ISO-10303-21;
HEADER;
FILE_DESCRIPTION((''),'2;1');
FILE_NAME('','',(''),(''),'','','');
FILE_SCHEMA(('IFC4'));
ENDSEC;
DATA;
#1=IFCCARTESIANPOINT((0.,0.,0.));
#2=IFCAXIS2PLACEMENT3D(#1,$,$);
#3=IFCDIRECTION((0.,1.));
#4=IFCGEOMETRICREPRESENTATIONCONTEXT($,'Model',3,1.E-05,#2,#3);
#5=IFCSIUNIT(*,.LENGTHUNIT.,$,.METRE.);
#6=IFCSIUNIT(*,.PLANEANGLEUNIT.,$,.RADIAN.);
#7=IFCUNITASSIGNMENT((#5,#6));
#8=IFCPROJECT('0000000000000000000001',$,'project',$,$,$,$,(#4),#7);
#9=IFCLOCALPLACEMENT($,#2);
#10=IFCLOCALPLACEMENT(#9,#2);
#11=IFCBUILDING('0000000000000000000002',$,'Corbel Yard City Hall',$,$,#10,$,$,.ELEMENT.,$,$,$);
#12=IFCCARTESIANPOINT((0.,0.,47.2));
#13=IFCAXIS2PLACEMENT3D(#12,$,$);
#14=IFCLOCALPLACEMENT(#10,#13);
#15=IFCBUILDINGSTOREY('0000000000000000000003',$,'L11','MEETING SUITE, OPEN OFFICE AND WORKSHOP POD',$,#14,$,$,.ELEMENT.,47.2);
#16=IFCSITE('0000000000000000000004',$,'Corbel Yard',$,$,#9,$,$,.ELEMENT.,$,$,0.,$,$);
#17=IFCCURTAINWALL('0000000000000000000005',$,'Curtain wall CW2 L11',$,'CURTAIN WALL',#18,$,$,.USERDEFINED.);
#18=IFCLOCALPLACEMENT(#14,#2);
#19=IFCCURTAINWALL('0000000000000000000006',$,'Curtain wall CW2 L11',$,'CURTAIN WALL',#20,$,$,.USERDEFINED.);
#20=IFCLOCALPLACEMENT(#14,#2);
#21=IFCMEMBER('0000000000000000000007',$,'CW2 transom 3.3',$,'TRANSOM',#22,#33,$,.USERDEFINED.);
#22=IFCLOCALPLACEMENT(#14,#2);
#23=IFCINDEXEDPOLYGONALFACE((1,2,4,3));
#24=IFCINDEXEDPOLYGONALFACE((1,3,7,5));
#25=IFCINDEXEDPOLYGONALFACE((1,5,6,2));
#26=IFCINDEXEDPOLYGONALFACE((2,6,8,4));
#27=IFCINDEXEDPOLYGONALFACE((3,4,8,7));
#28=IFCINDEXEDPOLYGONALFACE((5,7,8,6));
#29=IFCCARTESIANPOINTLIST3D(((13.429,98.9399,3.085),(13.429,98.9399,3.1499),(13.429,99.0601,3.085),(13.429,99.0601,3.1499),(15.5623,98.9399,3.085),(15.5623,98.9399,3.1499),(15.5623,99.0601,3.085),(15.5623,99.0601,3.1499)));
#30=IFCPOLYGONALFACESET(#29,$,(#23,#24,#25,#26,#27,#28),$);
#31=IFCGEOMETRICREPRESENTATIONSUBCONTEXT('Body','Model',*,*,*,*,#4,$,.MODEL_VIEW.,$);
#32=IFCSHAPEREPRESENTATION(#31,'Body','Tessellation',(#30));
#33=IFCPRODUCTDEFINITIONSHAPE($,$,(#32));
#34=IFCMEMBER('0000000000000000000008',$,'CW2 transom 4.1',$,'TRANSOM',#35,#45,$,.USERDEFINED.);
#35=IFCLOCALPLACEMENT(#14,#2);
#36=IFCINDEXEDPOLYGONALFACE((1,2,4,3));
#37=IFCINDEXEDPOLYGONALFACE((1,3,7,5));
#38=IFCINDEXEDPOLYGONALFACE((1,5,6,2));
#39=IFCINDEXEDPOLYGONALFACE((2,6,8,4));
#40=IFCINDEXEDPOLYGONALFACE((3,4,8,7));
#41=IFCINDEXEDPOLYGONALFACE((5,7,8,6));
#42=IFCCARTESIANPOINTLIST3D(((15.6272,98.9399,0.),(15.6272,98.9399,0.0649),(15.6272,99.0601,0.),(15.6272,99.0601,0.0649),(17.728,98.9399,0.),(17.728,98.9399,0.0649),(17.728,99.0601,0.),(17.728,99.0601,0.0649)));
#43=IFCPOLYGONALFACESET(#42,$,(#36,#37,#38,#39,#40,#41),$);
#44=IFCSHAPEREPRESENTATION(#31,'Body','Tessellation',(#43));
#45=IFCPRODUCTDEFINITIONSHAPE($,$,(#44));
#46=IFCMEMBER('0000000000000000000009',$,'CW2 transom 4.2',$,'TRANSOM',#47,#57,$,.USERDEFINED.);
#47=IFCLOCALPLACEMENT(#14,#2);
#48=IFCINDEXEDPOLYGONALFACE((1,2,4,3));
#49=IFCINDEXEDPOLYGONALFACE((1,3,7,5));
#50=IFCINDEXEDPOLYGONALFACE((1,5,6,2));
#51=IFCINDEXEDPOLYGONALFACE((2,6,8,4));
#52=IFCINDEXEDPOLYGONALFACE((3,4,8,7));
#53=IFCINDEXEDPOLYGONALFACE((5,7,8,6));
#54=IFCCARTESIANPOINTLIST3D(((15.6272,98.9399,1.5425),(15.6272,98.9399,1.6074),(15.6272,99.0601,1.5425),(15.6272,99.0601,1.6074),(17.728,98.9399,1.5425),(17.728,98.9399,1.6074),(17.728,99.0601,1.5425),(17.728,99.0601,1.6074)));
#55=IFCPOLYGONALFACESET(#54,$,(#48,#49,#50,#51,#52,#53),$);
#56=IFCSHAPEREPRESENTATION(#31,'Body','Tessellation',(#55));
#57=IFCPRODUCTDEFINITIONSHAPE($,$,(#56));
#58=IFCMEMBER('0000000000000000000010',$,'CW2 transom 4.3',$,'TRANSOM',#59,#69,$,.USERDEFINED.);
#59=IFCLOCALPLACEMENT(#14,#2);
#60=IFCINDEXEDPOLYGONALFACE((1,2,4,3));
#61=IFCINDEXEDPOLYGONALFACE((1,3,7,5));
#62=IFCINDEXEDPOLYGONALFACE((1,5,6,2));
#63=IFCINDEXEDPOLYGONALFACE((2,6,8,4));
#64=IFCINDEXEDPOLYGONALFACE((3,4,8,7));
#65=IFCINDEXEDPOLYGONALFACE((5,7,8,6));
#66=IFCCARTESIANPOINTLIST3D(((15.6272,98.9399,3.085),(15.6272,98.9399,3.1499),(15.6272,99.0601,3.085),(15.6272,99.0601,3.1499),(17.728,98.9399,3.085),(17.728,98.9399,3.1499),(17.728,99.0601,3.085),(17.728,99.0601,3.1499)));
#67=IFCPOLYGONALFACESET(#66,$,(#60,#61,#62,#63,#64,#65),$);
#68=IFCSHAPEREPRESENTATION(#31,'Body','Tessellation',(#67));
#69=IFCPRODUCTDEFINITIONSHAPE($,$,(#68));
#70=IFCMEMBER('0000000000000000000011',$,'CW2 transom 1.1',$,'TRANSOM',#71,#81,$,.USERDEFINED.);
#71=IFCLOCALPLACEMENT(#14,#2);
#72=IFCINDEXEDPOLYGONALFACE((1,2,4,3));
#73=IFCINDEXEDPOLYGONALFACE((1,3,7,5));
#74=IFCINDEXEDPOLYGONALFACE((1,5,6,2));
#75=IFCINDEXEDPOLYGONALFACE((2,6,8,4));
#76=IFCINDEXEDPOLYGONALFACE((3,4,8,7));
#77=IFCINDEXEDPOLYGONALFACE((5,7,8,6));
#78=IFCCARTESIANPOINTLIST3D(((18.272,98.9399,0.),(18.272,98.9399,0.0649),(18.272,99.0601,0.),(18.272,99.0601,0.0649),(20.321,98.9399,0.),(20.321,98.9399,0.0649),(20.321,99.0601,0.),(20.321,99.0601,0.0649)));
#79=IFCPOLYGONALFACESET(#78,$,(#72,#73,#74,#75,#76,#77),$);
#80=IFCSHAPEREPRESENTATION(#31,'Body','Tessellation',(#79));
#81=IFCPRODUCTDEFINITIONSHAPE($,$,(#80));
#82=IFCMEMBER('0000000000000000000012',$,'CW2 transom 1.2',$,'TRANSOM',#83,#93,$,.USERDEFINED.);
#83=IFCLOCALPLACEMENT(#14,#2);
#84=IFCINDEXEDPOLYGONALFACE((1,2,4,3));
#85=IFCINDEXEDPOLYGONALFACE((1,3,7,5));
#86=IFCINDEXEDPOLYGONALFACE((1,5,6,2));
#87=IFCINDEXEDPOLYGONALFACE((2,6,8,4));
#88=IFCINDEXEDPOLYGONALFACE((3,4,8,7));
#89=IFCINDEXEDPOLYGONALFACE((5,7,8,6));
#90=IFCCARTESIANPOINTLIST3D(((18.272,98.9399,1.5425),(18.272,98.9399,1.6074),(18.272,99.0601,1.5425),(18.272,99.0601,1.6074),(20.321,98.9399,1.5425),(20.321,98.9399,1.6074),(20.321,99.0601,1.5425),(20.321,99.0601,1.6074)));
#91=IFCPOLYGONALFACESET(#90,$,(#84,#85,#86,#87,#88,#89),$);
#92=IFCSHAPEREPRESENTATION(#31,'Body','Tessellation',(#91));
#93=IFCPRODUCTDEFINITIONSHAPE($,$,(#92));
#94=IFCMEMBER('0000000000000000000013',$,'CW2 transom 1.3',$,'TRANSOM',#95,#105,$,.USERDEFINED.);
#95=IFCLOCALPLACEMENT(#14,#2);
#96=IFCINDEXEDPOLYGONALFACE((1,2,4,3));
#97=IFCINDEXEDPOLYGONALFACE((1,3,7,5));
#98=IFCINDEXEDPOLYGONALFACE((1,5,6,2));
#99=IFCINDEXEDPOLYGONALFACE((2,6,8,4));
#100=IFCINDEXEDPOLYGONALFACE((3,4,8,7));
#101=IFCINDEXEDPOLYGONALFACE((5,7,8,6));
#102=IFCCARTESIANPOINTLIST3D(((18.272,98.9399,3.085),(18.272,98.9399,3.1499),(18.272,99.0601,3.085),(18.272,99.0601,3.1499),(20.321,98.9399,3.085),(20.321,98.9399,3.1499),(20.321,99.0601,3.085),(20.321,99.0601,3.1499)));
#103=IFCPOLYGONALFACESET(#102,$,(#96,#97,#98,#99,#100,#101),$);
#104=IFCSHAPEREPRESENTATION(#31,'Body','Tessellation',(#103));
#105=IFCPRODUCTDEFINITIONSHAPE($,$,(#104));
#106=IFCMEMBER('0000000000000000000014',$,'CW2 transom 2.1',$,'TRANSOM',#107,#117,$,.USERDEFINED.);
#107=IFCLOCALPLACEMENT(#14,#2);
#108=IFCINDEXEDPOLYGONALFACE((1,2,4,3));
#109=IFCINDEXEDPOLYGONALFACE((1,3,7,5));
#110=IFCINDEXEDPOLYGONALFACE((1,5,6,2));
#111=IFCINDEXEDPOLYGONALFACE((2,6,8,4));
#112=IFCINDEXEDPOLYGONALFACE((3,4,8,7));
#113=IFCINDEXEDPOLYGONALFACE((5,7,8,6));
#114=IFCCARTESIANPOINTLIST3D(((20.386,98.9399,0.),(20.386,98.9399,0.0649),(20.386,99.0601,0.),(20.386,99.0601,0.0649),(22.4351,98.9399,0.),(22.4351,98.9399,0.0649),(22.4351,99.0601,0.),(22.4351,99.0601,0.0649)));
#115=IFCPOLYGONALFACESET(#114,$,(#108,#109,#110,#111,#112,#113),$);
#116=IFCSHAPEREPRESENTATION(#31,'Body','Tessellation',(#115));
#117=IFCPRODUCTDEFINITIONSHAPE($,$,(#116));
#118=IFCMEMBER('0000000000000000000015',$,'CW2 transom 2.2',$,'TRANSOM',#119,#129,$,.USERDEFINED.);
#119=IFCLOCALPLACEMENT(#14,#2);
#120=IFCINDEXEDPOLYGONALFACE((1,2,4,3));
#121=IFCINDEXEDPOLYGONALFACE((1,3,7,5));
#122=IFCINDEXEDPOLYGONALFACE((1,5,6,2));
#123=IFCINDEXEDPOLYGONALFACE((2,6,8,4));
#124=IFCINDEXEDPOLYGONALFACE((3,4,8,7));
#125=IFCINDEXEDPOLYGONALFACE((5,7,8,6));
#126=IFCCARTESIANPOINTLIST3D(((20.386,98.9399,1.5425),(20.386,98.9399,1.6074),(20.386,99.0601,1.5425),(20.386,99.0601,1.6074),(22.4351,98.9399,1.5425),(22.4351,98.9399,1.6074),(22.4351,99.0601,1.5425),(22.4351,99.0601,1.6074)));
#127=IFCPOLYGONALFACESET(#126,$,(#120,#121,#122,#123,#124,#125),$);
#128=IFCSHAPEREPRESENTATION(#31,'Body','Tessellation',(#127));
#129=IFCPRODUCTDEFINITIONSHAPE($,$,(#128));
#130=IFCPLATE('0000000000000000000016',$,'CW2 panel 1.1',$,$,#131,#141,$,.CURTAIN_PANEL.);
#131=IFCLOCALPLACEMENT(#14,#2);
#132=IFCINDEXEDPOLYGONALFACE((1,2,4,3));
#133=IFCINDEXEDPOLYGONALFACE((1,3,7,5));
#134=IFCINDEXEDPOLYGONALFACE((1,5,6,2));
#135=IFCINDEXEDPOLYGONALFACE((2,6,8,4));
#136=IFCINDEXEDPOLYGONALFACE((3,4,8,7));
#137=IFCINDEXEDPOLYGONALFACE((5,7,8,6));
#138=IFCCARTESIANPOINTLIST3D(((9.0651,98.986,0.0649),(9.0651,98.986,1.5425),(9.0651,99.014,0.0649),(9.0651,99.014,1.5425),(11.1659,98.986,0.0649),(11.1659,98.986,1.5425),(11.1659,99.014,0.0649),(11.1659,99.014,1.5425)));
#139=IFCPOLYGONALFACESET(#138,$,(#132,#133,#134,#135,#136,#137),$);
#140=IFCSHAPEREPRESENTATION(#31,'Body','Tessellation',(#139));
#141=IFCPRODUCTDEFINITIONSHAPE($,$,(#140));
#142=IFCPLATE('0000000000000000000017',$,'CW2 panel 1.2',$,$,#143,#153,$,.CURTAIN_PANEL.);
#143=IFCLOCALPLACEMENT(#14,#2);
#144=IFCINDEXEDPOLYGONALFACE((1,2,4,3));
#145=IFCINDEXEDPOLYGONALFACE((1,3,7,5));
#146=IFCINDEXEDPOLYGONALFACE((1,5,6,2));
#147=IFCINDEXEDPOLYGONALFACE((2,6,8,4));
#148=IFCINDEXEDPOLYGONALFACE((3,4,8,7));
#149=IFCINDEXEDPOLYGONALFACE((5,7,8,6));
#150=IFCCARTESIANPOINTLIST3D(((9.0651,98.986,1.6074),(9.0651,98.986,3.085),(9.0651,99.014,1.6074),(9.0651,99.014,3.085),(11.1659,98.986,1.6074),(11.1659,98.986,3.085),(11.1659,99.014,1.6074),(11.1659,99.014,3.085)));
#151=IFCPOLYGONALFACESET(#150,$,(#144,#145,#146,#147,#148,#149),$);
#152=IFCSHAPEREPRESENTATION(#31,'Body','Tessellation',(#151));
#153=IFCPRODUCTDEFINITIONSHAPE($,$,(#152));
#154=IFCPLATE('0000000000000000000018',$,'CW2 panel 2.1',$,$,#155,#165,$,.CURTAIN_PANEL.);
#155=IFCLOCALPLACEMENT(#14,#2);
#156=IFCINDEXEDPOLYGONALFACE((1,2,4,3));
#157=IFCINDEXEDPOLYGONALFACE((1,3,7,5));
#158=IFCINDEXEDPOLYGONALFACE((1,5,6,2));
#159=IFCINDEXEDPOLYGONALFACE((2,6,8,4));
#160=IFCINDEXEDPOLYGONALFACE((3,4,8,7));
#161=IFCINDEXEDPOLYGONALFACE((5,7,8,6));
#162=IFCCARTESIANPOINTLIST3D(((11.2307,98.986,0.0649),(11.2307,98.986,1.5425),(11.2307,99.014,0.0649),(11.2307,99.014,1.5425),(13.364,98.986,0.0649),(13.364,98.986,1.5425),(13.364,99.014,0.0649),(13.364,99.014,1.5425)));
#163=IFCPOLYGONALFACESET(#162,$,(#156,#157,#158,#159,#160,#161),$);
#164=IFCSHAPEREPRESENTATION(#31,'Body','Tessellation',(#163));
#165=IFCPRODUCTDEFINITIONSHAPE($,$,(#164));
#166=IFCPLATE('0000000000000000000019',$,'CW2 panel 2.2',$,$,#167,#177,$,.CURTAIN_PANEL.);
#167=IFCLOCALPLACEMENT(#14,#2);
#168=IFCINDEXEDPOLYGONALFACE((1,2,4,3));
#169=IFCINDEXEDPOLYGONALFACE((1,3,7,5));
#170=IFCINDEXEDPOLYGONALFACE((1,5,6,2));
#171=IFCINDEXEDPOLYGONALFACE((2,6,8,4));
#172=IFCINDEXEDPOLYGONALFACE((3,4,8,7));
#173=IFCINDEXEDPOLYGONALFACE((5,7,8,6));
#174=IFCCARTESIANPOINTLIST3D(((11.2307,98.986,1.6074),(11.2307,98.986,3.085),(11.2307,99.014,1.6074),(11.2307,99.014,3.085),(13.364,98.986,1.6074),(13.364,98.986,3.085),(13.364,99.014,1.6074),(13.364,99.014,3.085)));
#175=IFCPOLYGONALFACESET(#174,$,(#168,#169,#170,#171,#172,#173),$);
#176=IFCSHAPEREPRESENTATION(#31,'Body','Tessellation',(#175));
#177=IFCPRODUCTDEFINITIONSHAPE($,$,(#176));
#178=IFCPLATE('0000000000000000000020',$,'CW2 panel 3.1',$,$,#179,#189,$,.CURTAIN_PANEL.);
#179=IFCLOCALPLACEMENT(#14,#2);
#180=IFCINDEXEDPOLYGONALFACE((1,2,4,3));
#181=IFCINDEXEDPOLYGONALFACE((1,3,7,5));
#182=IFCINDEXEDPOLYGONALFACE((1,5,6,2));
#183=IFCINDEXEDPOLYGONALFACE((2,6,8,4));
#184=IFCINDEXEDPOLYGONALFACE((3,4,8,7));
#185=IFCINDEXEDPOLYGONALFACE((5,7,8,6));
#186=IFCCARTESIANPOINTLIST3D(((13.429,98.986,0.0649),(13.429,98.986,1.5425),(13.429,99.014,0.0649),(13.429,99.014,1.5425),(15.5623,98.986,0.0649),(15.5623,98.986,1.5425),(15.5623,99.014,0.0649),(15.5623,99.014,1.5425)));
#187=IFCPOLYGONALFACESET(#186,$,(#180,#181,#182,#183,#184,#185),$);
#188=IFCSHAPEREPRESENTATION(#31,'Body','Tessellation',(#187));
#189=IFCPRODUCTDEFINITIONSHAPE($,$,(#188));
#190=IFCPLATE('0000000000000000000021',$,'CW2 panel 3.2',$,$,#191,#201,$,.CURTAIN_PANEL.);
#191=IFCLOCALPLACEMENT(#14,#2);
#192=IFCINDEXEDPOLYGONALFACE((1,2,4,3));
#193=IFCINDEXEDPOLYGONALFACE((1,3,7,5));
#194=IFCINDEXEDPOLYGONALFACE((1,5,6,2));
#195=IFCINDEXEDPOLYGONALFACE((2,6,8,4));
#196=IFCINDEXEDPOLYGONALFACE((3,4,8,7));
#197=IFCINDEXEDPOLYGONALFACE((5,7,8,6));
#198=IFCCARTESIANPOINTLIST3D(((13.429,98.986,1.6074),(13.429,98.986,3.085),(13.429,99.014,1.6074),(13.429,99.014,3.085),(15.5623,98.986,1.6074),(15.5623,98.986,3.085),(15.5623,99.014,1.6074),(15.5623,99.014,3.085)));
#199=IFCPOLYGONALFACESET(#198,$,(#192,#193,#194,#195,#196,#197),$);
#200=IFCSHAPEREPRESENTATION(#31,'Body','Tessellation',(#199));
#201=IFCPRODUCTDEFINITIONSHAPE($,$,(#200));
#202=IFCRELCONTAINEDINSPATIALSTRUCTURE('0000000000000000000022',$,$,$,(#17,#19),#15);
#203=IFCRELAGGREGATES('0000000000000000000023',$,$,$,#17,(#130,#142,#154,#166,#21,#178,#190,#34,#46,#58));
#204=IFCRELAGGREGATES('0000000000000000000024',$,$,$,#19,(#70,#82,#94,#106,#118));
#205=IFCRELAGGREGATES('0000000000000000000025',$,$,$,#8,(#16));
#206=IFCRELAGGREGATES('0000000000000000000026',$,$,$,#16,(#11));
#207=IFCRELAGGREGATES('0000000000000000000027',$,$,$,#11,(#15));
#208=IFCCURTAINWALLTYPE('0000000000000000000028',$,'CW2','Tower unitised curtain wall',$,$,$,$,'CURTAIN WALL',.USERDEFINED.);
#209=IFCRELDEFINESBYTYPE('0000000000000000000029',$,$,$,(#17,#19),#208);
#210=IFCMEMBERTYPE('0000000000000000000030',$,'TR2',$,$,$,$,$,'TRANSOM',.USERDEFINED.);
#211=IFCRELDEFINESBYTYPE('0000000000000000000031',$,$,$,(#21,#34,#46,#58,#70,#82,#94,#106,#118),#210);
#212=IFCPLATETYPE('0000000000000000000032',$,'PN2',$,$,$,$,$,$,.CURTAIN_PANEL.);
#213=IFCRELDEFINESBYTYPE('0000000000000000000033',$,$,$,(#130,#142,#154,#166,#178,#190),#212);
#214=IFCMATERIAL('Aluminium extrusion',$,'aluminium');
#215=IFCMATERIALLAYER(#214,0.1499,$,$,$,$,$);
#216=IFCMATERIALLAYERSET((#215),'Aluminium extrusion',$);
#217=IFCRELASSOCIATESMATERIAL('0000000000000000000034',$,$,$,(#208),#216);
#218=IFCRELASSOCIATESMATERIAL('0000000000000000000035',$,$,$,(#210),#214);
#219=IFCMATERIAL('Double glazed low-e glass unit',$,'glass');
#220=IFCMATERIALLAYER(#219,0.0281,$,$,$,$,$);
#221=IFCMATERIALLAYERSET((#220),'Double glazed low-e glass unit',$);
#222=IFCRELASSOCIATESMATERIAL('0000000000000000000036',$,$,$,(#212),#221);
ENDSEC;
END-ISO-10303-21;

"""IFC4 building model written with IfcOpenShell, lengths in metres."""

from ifc_helpers import new_model, si_unit, direction, frame, origin, origin_2d, place, context, subcontext, project, spatial, rectangle, extrude, material, layer, layer_set, material_profile, profile_set, type_object, element, aggregate, save


model = new_model("IFC4")

# Units and contexts
model_context = context("Model", 3, precision=1e-05, world=origin(), true_north=direction((0.0, 1.0)))
body_context = subcontext(model_context, "Body", "Model", "MODEL_VIEW")
ifc_project = project(units=[si_unit("LENGTHUNIT", "METRE"), si_unit("PLANEANGLEUNIT", "RADIAN")], contexts=[model_context])

# Site, building, storey
site_placement = place(None, origin())
site = spatial("IfcSite", under=ifc_project, at=site_placement, Name="Corbel Yard", CompositionType="ELEMENT", RefElevation=0.0)
building_placement = place(site_placement, origin())
building = spatial("IfcBuilding", under=site, at=building_placement, Name="Corbel Yard City Hall", CompositionType="ELEMENT")
storey_placement = place(building_placement, frame((0.0, 0.0, 47.2)))
storey = spatial("IfcBuildingStorey", under=building, at=storey_placement, Name="L11", Description="MEETING SUITE, OPEN OFFICE AND WORKSHOP POD", CompositionType="ELEMENT", Elevation=47.2)

# Curtain walls
ifc_material_1 = material(Name="Aluminium extrusion", Category="aluminium")
ifc_layer_1 = layer(ifc_material_1, 0.1499)
ifc_layer_set_1 = layer_set([ifc_layer_1], Name="Aluminium extrusion")
curtain_wall_type = type_object("IfcCurtainWallType", Name="CW2", Description="Tower unitised curtain wall", ElementType="CURTAIN WALL", PredefinedType="USERDEFINED", material=ifc_layer_set_1)
curtain_wall_1_placement = place(storey_placement, origin())
curtain_wall_1 = element("IfcCurtainWall", 1, at=curtain_wall_1_placement, inside=storey, type_object=curtain_wall_type, Name="Curtain wall CW2 L11", ObjectType="CURTAIN WALL", PredefinedType="USERDEFINED")
curtain_wall_2_placement = place(storey_placement, origin())
curtain_wall_2 = element("IfcCurtainWall", 2, at=curtain_wall_2_placement, inside=storey, type_object=curtain_wall_type, Name="Curtain wall CW2 L11", ObjectType="CURTAIN WALL", PredefinedType="USERDEFINED")

# Members
ifc_material_profile_1 = material_profile(ifc_material_1, rectangle(XDim=0.1201, YDim=0.0649, at=origin_2d()), Name="120x65")
ifc_profile_set_1 = profile_set([ifc_material_profile_1], Name="Aluminium extrusion")
member_type_1 = type_object("IfcMemberType", Name="TR2", ElementType="TRANSOM", PredefinedType="USERDEFINED", material=ifc_profile_set_1)
member_1_placement = place(storey_placement, frame((13.429, 99.0, 3.1174), z_axis=(1.0, 0.0, 0.0), x_axis=(0.0, 1.0, 0.0)))
member_1 = element("IfcMember", 3, at=member_1_placement, type_object=member_type_1, Name="CW2 transom 3.3", ObjectType="TRANSOM", PredefinedType="USERDEFINED", context=body_context, shape_type="SweptSolid", body=[
    extrude(rectangle(XDim=0.1201, YDim=0.0649, at=origin_2d()), origin(), (0.0, 0.0, 1.0), 2.1333),
])
member_2_placement = place(storey_placement, frame((15.6272, 99.0, 0.0325), z_axis=(1.0, 0.0, 0.0), x_axis=(0.0, 1.0, 0.0)))
member_2 = element("IfcMember", 4, at=member_2_placement, type_object=member_type_1, Name="CW2 transom 4.1", ObjectType="TRANSOM", PredefinedType="USERDEFINED", context=body_context, shape_type="SweptSolid", body=[
    extrude(rectangle(XDim=0.1201, YDim=0.0649, at=origin_2d()), origin(), (0.0, 0.0, 1.0), 2.1008),
])
member_3_placement = place(storey_placement, frame((15.6272, 99.0, 1.575), z_axis=(1.0, 0.0, 0.0), x_axis=(0.0, 1.0, 0.0)))
member_3 = element("IfcMember", 5, at=member_3_placement, type_object=member_type_1, Name="CW2 transom 4.2", ObjectType="TRANSOM", PredefinedType="USERDEFINED", context=body_context, shape_type="SweptSolid", body=[
    extrude(rectangle(XDim=0.1201, YDim=0.0649, at=origin_2d()), origin(), (0.0, 0.0, 1.0), 2.1008),
])
member_4_placement = place(storey_placement, frame((15.6272, 99.0, 3.1174), z_axis=(1.0, 0.0, 0.0), x_axis=(0.0, 1.0, 0.0)))
member_4 = element("IfcMember", 6, at=member_4_placement, type_object=member_type_1, Name="CW2 transom 4.3", ObjectType="TRANSOM", PredefinedType="USERDEFINED", context=body_context, shape_type="SweptSolid", body=[
    extrude(rectangle(XDim=0.1201, YDim=0.0649, at=origin_2d()), origin(), (0.0, 0.0, 1.0), 2.1008),
])
member_5_placement = place(storey_placement, frame((18.272, 99.0, 0.0325), z_axis=(1.0, 0.0, 0.0), x_axis=(0.0, 1.0, 0.0)))
member_5 = element("IfcMember", 7, at=member_5_placement, type_object=member_type_1, Name="CW2 transom 1.1", ObjectType="TRANSOM", PredefinedType="USERDEFINED", context=body_context, shape_type="SweptSolid", body=[
    extrude(rectangle(XDim=0.1201, YDim=0.0649, at=origin_2d()), origin(), (0.0, 0.0, 1.0), 2.0491),
])
member_6_placement = place(storey_placement, frame((18.272, 99.0, 1.575), z_axis=(1.0, 0.0, 0.0), x_axis=(0.0, 1.0, 0.0)))
member_6 = element("IfcMember", 8, at=member_6_placement, type_object=member_type_1, Name="CW2 transom 1.2", ObjectType="TRANSOM", PredefinedType="USERDEFINED", context=body_context, shape_type="SweptSolid", body=[
    extrude(rectangle(XDim=0.1201, YDim=0.0649, at=origin_2d()), origin(), (0.0, 0.0, 1.0), 2.0491),
])
member_7_placement = place(storey_placement, frame((18.272, 99.0, 3.1174), z_axis=(1.0, 0.0, 0.0), x_axis=(0.0, 1.0, 0.0)))
member_7 = element("IfcMember", 9, at=member_7_placement, type_object=member_type_1, Name="CW2 transom 1.3", ObjectType="TRANSOM", PredefinedType="USERDEFINED", context=body_context, shape_type="SweptSolid", body=[
    extrude(rectangle(XDim=0.1201, YDim=0.0649, at=origin_2d()), origin(), (0.0, 0.0, 1.0), 2.0491),
])
member_8_placement = place(storey_placement, frame((20.386, 99.0, 0.0325), z_axis=(1.0, 0.0, 0.0), x_axis=(0.0, 1.0, 0.0)))
member_8 = element("IfcMember", 10, at=member_8_placement, type_object=member_type_1, Name="CW2 transom 2.1", ObjectType="TRANSOM", PredefinedType="USERDEFINED", context=body_context, shape_type="SweptSolid", body=[
    extrude(rectangle(XDim=0.1201, YDim=0.0649, at=origin_2d()), origin(), (0.0, 0.0, 1.0), 2.0491),
])
member_9_placement = place(storey_placement, frame((20.386, 99.0, 1.575), z_axis=(1.0, 0.0, 0.0), x_axis=(0.0, 1.0, 0.0)))
member_9 = element("IfcMember", 11, at=member_9_placement, type_object=member_type_1, Name="CW2 transom 2.2", ObjectType="TRANSOM", PredefinedType="USERDEFINED", context=body_context, shape_type="SweptSolid", body=[
    extrude(rectangle(XDim=0.1201, YDim=0.0649, at=origin_2d()), origin(), (0.0, 0.0, 1.0), 2.0491),
])

# Plates
ifc_material_2 = material(Name="Double glazed low-e glass unit", Category="glass")
ifc_layer_2 = layer(ifc_material_2, 0.0281)
ifc_layer_set_2 = layer_set([ifc_layer_2], Name="Double glazed low-e glass unit")
plate_type = type_object("IfcPlateType", Name="PN2", PredefinedType="CURTAIN_PANEL", material=ifc_layer_set_2)
plate_1_placement = place(storey_placement, frame((10.1155, 99.0, 0.0649), z_axis=(0.0, 0.0, 1.0), x_axis=(1.0, 0.0, 0.0)))
plate_1 = element("IfcPlate", 12, at=plate_1_placement, type_object=plate_type, Name="CW2 panel 1.1", PredefinedType="CURTAIN_PANEL", context=body_context, shape_type="SweptSolid", body=[
    extrude(rectangle(XDim=2.1008, YDim=0.0281, at=origin_2d()), origin(), (0.0, 0.0, 1.0), 1.4775),
])
plate_2_placement = place(storey_placement, frame((10.1155, 99.0, 1.6074), z_axis=(0.0, 0.0, 1.0), x_axis=(1.0, 0.0, 0.0)))
plate_2 = element("IfcPlate", 13, at=plate_2_placement, type_object=plate_type, Name="CW2 panel 1.2", PredefinedType="CURTAIN_PANEL", context=body_context, shape_type="SweptSolid", body=[
    extrude(rectangle(XDim=2.1008, YDim=0.0281, at=origin_2d()), origin(), (0.0, 0.0, 1.0), 1.4775),
])
plate_3_placement = place(storey_placement, frame((12.2974, 99.0, 0.0649), z_axis=(0.0, 0.0, 1.0), x_axis=(1.0, 0.0, 0.0)))
plate_3 = element("IfcPlate", 14, at=plate_3_placement, type_object=plate_type, Name="CW2 panel 2.1", PredefinedType="CURTAIN_PANEL", context=body_context, shape_type="SweptSolid", body=[
    extrude(rectangle(XDim=2.1333, YDim=0.0281, at=origin_2d()), origin(), (0.0, 0.0, 1.0), 1.4775),
])
plate_4_placement = place(storey_placement, frame((12.2974, 99.0, 1.6074), z_axis=(0.0, 0.0, 1.0), x_axis=(1.0, 0.0, 0.0)))
plate_4 = element("IfcPlate", 15, at=plate_4_placement, type_object=plate_type, Name="CW2 panel 2.2", PredefinedType="CURTAIN_PANEL", context=body_context, shape_type="SweptSolid", body=[
    extrude(rectangle(XDim=2.1333, YDim=0.0281, at=origin_2d()), origin(), (0.0, 0.0, 1.0), 1.4775),
])
plate_5_placement = place(storey_placement, frame((14.4956, 99.0, 0.0649), z_axis=(0.0, 0.0, 1.0), x_axis=(1.0, 0.0, 0.0)))
plate_5 = element("IfcPlate", 16, at=plate_5_placement, type_object=plate_type, Name="CW2 panel 3.1", PredefinedType="CURTAIN_PANEL", context=body_context, shape_type="SweptSolid", body=[
    extrude(rectangle(XDim=2.1333, YDim=0.0281, at=origin_2d()), origin(), (0.0, 0.0, 1.0), 1.4775),
])
plate_6_placement = place(storey_placement, frame((14.4956, 99.0, 1.6074), z_axis=(0.0, 0.0, 1.0), x_axis=(1.0, 0.0, 0.0)))
plate_6 = element("IfcPlate", 17, at=plate_6_placement, type_object=plate_type, Name="CW2 panel 3.2", PredefinedType="CURTAIN_PANEL", context=body_context, shape_type="SweptSolid", body=[
    extrude(rectangle(XDim=2.1333, YDim=0.0281, at=origin_2d()), origin(), (0.0, 0.0, 1.0), 1.4775),
])
aggregate(curtain_wall_1, [plate_1, plate_2, plate_3, plate_4, member_1, plate_5, plate_6, member_2, member_3, member_4])
aggregate(curtain_wall_2, [member_5, member_6, member_7, member_8, member_9])

save(model, "model.ifc")
